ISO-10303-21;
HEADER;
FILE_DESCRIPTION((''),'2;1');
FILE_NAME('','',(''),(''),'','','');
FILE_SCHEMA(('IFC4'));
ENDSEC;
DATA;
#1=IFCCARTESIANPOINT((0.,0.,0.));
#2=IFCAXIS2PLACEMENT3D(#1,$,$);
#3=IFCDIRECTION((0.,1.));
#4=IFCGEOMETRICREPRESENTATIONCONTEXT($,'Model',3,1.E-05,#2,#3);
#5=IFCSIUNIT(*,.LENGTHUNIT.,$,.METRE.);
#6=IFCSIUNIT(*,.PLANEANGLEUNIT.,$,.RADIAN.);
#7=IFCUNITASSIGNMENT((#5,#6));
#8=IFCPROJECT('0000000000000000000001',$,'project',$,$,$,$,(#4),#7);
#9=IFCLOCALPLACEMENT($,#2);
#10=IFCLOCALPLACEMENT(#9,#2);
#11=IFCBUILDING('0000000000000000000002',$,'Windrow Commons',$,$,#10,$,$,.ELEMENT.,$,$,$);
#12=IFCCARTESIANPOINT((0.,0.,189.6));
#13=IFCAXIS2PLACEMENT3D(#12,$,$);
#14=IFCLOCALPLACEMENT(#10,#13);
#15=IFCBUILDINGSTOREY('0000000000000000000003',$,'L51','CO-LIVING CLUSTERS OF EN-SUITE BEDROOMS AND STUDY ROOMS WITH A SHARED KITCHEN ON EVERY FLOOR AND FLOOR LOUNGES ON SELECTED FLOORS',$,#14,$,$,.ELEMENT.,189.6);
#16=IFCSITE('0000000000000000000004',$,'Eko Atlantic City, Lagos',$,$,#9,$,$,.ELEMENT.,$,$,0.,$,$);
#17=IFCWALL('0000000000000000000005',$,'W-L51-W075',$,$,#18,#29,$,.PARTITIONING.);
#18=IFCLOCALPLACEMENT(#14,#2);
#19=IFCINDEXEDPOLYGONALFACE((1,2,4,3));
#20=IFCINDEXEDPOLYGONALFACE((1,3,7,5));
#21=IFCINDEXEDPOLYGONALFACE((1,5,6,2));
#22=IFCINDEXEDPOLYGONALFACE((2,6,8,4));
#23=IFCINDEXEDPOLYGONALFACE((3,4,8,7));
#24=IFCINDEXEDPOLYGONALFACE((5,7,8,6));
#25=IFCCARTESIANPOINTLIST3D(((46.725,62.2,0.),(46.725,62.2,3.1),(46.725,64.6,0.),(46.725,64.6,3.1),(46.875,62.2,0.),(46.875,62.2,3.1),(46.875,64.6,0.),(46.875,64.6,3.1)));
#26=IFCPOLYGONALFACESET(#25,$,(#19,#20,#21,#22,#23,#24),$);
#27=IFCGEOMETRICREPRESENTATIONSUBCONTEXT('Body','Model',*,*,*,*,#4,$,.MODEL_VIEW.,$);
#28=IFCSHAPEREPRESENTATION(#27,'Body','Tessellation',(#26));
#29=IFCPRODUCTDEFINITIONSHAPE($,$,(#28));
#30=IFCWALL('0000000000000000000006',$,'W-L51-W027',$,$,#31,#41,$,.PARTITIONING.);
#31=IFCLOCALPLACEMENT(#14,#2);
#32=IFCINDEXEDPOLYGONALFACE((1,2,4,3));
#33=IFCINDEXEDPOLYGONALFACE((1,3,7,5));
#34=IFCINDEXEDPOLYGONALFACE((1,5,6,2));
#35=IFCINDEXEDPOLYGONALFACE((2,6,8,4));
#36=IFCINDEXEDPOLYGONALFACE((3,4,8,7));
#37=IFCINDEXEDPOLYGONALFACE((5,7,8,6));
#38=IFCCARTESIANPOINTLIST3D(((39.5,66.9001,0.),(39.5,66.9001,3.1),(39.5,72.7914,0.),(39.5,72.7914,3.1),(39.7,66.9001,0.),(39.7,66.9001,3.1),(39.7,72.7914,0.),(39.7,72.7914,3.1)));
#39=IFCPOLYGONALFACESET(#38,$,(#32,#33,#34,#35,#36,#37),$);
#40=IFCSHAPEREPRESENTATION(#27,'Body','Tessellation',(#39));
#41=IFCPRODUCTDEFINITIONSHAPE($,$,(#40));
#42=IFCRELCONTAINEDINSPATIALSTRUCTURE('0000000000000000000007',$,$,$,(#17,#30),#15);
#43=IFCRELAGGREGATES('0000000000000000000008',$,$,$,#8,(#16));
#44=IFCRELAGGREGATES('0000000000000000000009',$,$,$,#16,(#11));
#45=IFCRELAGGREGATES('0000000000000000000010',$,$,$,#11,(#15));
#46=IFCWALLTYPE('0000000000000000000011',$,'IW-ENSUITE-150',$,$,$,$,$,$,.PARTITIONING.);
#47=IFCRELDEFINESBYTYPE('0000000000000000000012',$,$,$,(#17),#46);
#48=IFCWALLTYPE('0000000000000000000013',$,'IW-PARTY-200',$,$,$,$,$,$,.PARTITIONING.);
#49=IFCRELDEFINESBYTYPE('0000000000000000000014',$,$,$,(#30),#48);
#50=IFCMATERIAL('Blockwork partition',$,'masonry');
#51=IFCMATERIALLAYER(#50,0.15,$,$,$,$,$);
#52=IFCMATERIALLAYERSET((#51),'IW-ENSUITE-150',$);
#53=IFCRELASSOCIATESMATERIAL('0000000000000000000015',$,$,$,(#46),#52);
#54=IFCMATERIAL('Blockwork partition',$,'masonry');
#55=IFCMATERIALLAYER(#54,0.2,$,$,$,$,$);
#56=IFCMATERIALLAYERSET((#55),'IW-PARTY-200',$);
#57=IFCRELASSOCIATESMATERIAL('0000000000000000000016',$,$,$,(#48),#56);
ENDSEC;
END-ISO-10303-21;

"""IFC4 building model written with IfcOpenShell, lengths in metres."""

from ifc_helpers import new_model, si_unit, direction, frame, frame_2d, origin, place, context, subcontext, project, spatial, rectangle, extrude, material, layer, layer_set, type_object, element, save


model = new_model("IFC4")

# Units and contexts
model_context = context("Model", 3, precision=1e-05, world=origin(), true_north=direction((0.0, 1.0)))
body_context = subcontext(model_context, "Body", "Model", "MODEL_VIEW")
ifc_project = project(units=[si_unit("LENGTHUNIT", "METRE"), si_unit("PLANEANGLEUNIT", "RADIAN")], contexts=[model_context])

# Site, building, storey
site_placement = place(None, origin())
site = spatial("IfcSite", under=ifc_project, at=site_placement, Name="Eko Atlantic City, Lagos", CompositionType="ELEMENT", RefElevation=0.0)
building_placement = place(site_placement, origin())
building = spatial("IfcBuilding", under=site, at=building_placement, Name="Windrow Commons", CompositionType="ELEMENT")
storey_placement = place(building_placement, frame((0.0, 0.0, 189.6)))
storey = spatial("IfcBuildingStorey", under=building, at=storey_placement, Name="L51", Description="CO-LIVING CLUSTERS OF EN-SUITE BEDROOMS AND STUDY ROOMS WITH A SHARED KITCHEN ON EVERY FLOOR AND FLOOR LOUNGES ON SELECTED FLOORS", CompositionType="ELEMENT", Elevation=189.6)

# Shared definitions
ifc_material_1 = material(Name="Blockwork partition", Category="masonry")
ifc_layer_1 = layer(ifc_material_1, 0.15)
ifc_layer_set_1 = layer_set([ifc_layer_1], Name="IW-ENSUITE-150")
wall_type_1 = type_object("IfcWallType", Name="IW-ENSUITE-150", PredefinedType="PARTITIONING", material=ifc_layer_set_1)

# Walls
for number, where, z_axis, x_axis, name in (
    (1, (46.8, 62.2, 0.0), (0.0, 0.0, 1.0), (0.0, 1.0, 0.0), "W-L51-W075"),
):
    element("IfcWall", number, at=place(storey_placement, frame(where, z_axis=z_axis, x_axis=x_axis)), inside=storey, type_object=wall_type_1, Name=name, PredefinedType="PARTITIONING", context=body_context, shape_type="SweptSolid", body=[
        extrude(rectangle(XDim=2.4, YDim=0.15, at=frame_2d((1.2, 0.0))), origin(), (0.0, 0.0, 1.0), 3.1),
    ])
ifc_material_2 = material(Name="Blockwork partition", Category="masonry")
ifc_layer_2 = layer(ifc_material_2, 0.2)
ifc_layer_set_2 = layer_set([ifc_layer_2], Name="IW-PARTY-200")
wall_type_2 = type_object("IfcWallType", Name="IW-PARTY-200", PredefinedType="PARTITIONING", material=ifc_layer_set_2)
wall_1_placement = place(storey_placement, frame((39.6, 66.9, 0.0), z_axis=(0.0, 0.0, 1.0), x_axis=(0.0, 1.0, 0.0)))
element("IfcWall", 2, at=wall_1_placement, inside=storey, type_object=wall_type_2, Name="W-L51-W027", PredefinedType="PARTITIONING", context=body_context, shape_type="SweptSolid", body=[
    extrude(rectangle(XDim=5.8913, YDim=0.2, at=frame_2d((2.9457, 0.0))), origin(), (0.0, 0.0, 1.0), 3.1),
])

save(model, "model.ifc")
